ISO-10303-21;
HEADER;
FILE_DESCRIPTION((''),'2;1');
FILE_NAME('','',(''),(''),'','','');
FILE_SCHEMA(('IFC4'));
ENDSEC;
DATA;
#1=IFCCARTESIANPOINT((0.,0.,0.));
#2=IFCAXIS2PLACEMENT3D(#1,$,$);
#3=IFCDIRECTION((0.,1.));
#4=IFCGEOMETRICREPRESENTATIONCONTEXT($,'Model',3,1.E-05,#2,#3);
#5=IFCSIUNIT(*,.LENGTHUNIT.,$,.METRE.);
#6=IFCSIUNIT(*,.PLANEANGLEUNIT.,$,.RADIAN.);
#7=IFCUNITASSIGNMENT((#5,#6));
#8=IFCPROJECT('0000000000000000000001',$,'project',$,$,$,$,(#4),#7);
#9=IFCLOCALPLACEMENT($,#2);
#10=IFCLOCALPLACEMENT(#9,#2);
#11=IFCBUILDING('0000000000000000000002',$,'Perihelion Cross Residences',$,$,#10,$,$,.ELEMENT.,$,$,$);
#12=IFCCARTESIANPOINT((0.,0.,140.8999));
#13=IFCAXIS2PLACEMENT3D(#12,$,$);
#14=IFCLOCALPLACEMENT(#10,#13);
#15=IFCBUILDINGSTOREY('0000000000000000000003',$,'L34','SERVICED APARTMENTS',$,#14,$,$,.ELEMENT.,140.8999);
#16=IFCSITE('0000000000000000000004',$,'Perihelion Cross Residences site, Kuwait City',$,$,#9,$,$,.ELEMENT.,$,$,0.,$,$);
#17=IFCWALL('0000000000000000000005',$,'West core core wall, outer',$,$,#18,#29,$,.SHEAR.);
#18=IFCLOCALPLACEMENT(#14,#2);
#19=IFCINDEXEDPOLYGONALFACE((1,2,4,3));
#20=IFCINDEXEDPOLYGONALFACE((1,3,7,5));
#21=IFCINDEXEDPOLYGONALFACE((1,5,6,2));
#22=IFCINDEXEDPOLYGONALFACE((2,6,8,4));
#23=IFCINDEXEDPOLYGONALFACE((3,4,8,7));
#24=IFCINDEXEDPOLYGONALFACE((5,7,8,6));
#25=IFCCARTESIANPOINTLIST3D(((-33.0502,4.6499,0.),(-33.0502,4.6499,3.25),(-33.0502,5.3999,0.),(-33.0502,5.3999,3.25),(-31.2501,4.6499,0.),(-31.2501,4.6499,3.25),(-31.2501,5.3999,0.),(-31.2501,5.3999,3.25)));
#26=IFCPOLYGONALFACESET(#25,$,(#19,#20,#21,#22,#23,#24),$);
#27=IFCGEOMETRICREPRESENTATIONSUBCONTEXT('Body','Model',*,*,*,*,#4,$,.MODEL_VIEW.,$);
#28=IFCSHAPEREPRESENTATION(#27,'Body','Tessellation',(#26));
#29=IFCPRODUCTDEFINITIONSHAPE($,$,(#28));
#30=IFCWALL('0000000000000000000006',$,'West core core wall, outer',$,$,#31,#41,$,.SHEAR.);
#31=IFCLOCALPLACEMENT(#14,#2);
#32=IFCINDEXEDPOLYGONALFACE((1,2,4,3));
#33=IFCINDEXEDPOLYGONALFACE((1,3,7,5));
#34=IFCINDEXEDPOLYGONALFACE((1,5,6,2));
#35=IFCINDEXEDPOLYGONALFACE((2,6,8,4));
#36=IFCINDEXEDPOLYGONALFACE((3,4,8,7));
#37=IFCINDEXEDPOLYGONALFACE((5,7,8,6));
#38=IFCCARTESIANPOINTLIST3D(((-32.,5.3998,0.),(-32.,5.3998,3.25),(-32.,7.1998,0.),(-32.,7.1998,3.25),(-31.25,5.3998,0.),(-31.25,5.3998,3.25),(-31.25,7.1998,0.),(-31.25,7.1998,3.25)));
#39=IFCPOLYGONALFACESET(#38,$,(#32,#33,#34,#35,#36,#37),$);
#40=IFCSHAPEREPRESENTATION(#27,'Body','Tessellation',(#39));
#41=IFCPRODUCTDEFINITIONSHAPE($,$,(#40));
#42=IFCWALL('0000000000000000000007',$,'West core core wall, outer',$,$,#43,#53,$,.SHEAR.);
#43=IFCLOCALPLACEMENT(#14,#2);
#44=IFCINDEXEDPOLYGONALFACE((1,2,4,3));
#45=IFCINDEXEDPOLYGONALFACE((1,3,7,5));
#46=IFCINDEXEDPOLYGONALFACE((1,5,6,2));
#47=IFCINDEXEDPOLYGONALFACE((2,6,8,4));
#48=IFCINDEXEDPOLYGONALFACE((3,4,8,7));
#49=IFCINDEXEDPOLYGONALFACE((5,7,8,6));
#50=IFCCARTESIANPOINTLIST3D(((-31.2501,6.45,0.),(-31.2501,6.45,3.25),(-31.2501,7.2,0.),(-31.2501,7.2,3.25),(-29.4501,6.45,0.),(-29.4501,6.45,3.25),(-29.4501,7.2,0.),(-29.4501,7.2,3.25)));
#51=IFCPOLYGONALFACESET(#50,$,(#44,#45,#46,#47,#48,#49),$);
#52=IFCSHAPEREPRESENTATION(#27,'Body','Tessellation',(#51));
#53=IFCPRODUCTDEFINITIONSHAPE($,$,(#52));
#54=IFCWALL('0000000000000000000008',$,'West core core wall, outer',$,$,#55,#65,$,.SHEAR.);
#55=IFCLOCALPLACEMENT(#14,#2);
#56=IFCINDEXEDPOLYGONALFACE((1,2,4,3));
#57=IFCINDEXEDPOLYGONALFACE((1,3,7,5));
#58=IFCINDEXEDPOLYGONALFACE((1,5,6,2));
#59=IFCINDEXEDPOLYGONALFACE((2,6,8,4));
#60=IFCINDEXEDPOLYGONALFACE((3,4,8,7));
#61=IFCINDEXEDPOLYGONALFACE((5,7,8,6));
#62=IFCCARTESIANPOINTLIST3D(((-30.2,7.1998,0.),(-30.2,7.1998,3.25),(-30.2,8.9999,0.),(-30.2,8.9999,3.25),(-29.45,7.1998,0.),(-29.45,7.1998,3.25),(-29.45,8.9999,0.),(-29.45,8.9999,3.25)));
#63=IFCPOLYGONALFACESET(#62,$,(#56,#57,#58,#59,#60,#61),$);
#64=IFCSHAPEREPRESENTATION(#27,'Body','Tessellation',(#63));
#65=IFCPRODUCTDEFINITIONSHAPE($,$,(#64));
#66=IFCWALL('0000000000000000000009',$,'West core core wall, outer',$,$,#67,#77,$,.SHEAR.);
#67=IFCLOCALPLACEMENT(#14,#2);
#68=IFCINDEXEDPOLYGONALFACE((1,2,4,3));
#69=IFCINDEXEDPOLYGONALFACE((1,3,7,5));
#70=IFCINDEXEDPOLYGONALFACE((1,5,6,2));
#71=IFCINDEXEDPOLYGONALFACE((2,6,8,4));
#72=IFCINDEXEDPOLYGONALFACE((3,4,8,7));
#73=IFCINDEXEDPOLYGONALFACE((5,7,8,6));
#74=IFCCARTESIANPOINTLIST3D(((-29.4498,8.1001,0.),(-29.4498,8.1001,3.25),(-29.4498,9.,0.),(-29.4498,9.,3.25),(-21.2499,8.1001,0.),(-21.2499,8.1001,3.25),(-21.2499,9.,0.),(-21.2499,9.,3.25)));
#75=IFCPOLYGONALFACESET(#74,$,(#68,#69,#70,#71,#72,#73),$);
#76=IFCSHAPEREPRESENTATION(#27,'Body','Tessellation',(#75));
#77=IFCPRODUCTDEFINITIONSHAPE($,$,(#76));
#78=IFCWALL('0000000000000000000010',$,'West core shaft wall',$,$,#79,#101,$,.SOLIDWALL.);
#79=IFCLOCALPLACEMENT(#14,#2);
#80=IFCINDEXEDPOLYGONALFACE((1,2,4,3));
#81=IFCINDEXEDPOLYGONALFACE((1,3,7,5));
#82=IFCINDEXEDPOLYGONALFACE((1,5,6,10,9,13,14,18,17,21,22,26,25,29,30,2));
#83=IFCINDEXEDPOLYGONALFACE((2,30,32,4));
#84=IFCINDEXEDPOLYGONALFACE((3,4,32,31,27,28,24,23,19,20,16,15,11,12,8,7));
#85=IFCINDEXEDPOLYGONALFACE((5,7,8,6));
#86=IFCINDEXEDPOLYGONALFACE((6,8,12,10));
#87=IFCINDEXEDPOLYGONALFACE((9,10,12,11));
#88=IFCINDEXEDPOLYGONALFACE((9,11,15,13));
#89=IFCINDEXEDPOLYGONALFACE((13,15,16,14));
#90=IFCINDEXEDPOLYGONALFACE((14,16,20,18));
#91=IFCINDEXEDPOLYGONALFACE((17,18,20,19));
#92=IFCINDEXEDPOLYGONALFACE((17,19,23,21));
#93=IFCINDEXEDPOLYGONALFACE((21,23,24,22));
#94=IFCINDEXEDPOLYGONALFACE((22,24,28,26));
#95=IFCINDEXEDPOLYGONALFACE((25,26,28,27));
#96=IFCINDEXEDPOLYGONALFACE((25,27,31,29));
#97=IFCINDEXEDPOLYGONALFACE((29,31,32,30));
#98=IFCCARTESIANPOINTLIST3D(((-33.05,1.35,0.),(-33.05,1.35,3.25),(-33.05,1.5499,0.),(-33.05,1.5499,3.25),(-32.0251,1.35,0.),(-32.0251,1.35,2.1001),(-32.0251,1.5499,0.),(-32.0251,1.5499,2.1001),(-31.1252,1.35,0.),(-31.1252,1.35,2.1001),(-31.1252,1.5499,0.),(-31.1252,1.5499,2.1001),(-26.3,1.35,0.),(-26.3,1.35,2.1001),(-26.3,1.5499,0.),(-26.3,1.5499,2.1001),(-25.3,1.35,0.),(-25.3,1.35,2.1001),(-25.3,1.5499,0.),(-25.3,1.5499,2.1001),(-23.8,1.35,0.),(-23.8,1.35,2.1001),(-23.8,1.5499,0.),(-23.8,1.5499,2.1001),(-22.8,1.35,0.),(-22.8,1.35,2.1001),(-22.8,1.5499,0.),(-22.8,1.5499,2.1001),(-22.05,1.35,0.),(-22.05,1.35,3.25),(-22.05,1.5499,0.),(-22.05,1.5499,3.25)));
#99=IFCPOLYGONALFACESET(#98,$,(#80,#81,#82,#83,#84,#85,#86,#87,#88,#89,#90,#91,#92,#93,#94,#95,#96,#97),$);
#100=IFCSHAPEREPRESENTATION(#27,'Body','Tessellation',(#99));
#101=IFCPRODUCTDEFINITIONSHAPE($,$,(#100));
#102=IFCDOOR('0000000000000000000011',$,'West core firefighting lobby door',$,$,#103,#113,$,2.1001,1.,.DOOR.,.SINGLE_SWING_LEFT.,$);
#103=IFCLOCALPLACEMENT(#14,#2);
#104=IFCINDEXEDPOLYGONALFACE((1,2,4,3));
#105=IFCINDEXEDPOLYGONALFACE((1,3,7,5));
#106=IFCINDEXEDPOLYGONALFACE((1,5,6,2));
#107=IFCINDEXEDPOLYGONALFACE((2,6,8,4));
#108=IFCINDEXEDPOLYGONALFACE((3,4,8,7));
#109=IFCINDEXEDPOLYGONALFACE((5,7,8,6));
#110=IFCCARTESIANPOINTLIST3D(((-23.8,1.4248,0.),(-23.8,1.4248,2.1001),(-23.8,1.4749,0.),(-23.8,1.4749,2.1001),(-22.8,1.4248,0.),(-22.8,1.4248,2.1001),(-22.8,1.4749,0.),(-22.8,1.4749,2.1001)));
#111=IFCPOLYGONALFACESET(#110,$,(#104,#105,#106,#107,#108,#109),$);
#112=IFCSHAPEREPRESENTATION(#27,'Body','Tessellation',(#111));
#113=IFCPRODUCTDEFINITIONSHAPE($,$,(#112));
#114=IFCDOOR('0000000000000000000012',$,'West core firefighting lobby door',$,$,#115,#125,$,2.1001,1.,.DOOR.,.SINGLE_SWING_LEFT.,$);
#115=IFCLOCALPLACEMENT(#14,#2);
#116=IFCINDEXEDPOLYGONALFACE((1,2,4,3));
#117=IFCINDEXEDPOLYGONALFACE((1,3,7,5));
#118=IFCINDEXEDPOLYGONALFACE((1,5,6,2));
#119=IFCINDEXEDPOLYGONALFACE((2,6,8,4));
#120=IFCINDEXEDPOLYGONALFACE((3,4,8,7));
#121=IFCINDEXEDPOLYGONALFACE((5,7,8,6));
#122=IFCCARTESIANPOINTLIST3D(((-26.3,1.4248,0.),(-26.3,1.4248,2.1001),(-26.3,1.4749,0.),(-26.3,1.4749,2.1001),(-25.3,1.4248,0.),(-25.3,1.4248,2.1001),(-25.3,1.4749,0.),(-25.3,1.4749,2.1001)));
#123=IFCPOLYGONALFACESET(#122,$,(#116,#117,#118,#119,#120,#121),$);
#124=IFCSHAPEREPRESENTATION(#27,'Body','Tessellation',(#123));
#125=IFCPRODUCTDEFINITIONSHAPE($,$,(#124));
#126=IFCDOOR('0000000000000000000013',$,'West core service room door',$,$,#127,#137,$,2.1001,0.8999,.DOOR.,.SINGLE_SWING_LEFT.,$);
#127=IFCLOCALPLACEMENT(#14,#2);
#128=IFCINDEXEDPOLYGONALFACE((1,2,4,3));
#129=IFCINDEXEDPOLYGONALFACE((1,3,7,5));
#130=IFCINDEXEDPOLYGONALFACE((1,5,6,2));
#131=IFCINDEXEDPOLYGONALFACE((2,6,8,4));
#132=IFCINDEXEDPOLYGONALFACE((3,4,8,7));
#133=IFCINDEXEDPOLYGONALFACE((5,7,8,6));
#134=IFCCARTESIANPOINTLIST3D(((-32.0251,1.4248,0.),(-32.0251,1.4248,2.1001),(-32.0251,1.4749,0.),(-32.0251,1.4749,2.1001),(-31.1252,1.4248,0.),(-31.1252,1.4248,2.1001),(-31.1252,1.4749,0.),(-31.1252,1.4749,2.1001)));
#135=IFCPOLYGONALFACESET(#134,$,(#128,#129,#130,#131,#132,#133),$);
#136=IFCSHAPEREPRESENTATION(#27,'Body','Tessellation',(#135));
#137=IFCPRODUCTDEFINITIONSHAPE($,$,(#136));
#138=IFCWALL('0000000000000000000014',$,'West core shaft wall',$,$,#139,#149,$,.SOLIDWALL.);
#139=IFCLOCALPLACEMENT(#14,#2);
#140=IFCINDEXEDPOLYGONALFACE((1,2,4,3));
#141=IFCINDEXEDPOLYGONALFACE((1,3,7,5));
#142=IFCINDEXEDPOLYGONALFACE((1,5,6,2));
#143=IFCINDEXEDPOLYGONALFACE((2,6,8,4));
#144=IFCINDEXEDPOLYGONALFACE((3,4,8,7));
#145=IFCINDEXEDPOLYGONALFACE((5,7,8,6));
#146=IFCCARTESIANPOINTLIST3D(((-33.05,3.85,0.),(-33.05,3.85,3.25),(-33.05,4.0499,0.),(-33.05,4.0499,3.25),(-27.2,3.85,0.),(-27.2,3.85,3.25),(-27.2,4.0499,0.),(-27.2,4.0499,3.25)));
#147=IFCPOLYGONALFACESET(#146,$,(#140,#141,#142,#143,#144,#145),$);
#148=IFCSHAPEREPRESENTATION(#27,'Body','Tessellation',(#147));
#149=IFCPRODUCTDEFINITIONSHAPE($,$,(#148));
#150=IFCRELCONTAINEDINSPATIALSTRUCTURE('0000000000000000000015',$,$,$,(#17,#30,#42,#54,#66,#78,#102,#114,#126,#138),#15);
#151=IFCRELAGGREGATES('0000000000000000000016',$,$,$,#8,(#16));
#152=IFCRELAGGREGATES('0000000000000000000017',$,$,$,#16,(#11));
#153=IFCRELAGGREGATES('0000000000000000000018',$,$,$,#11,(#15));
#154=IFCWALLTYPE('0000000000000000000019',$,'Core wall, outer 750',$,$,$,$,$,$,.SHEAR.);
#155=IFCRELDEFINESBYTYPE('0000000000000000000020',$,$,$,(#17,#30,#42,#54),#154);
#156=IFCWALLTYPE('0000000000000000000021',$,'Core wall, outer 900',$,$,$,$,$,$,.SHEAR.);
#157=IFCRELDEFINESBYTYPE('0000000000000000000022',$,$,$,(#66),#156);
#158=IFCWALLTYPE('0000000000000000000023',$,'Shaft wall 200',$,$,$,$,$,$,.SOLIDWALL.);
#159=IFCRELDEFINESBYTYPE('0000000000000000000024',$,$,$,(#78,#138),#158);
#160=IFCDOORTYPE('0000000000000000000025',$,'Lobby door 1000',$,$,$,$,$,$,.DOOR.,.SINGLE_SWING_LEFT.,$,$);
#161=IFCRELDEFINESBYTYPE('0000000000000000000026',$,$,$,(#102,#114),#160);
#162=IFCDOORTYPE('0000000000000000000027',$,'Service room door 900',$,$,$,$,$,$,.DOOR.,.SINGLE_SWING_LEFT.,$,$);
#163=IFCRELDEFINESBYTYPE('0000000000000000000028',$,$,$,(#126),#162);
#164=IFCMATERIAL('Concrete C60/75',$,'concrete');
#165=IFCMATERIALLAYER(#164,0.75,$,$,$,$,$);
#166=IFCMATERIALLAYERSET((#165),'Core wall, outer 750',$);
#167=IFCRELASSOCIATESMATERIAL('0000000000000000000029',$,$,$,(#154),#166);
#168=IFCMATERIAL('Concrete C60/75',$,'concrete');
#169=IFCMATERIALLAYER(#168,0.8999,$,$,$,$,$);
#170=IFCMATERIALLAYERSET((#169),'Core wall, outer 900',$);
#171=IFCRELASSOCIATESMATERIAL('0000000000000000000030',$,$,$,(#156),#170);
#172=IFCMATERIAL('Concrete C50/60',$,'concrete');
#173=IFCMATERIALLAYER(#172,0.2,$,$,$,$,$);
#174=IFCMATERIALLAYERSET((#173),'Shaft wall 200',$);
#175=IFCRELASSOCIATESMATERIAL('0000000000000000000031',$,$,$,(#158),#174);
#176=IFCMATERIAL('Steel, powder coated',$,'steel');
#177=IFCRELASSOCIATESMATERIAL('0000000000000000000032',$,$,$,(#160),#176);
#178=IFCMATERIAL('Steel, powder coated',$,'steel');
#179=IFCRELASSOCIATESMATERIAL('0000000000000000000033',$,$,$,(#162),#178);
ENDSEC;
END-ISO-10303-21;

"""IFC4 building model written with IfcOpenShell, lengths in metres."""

from ifc_helpers import new_model, si_unit, direction, frame, frame_2d, origin, place, context, subcontext, project, spatial, rectangle, extrude, material, layer, layer_set, type_object, element, fill, save


model = new_model("IFC4")

# Units and contexts
model_context = context("Model", 3, precision=1e-05, world=origin(), true_north=direction((0.0, 1.0)))
body_context = subcontext(model_context, "Body", "Model", "MODEL_VIEW")
ifc_project = project(units=[si_unit("LENGTHUNIT", "METRE"), si_unit("PLANEANGLEUNIT", "RADIAN")], contexts=[model_context])

# Site, building, storey
site_placement = place(None, origin())
site = spatial("IfcSite", under=ifc_project, at=site_placement, Name="Perihelion Cross Residences site, Kuwait City", CompositionType="ELEMENT", RefElevation=0.0)
building_placement = place(site_placement, origin())
building = spatial("IfcBuilding", under=site, at=building_placement, Name="Perihelion Cross Residences", CompositionType="ELEMENT")
storey_placement = place(building_placement, frame((0.0, 0.0, 140.8999)))
storey = spatial("IfcBuildingStorey", under=building, at=storey_placement, Name="L34", Description="SERVICED APARTMENTS", CompositionType="ELEMENT", Elevation=140.8999)

# Walls
ifc_material_1 = material(Name="Concrete C60/75", Category="concrete")
ifc_layer_1 = layer(ifc_material_1, 0.75)
ifc_layer_set_1 = layer_set([ifc_layer_1], Name="Core wall, outer 750")
wall_type_1 = type_object("IfcWallType", Name="Core wall, outer 750", PredefinedType="SHEAR", material=ifc_layer_set_1)
for number, where, z_axis, x_axis, name in (
    (1, (-33.05, 5.0249, 0.0), (0.0, 0.0, 1.0), (1.0, 0.0, 0.0), "West core core wall, outer"),
    (2, (-31.625, 5.3999, 0.0), (0.0, 0.0, 1.0), (0.0, 1.0, 0.0), "West core core wall, outer"),
    (3, (-31.25, 6.825, 0.0), (0.0, 0.0, 1.0), (1.0, 0.0, 0.0), "West core core wall, outer"),
    (4, (-29.825, 7.2, 0.0), (0.0, 0.0, 1.0), (0.0, 1.0, 0.0), "West core core wall, outer"),
):
    element("IfcWall", number, at=place(storey_placement, frame(where, z_axis=z_axis, x_axis=x_axis)), inside=storey, type_object=wall_type_1, Name=name, PredefinedType="SHEAR", context=body_context, shape_type="SweptSolid", body=[
        extrude(rectangle(XDim=1.8, YDim=0.75, at=frame_2d((0.8999, 0.0))), origin(), (0.0, 0.0, 1.0), 3.25),
    ])
ifc_material_2 = material(Name="Concrete C60/75", Category="concrete")
ifc_layer_2 = layer(ifc_material_2, 0.8999)
ifc_layer_set_2 = layer_set([ifc_layer_2], Name="Core wall, outer 900")
wall_type_2 = type_object("IfcWallType", Name="Core wall, outer 900", PredefinedType="SHEAR", material=ifc_layer_set_2)
wall_1_placement = place(storey_placement, frame((-29.45, 8.55, 0.0), z_axis=(0.0, 0.0, 1.0), x_axis=(1.0, 0.0, 0.0)))
element("IfcWall", 5, at=wall_1_placement, inside=storey, type_object=wall_type_2, Name="West core core wall, outer", PredefinedType="SHEAR", context=body_context, shape_type="SweptSolid", body=[
    extrude(rectangle(XDim=8.2, YDim=0.8999, at=frame_2d((4.1001, 0.0))), origin(), (0.0, 0.0, 1.0), 3.25),
])

# Wall, openings, doors
ifc_material_3 = material(Name="Concrete C50/60", Category="concrete")
ifc_layer_3 = layer(ifc_material_3, 0.2)
ifc_layer_set_3 = layer_set([ifc_layer_3], Name="Shaft wall 200")
wall_type_3 = type_object("IfcWallType", Name="Shaft wall 200", PredefinedType="SOLIDWALL", material=ifc_layer_set_3)
wall_2_placement = place(storey_placement, frame((-33.05, 1.45, 0.0), z_axis=(0.0, 0.0, 1.0), x_axis=(1.0, 0.0, 0.0)))
wall_2 = element("IfcWall", 6, at=wall_2_placement, inside=storey, type_object=wall_type_3, Name="West core shaft wall", PredefinedType="SOLIDWALL", context=body_context, shape_type="SweptSolid", body=[
    extrude(rectangle(XDim=11.0, YDim=0.2, at=frame_2d((5.5, 0.0))), origin(), (0.0, 0.0, 1.0), 3.25),
])
opening_1_placement = place(wall_2_placement, frame((9.25, 0.0, 0.0)))
opening_1 = element("IfcOpeningElement", 7, at=opening_1_placement, cuts=wall_2, PredefinedType="OPENING", context=body_context, shape_type="SweptSolid", body=[
    extrude(rectangle(XDim=1.0, YDim=2.1001, at=frame_2d((0.5, 1.05))), frame((0.0, 0.1099, 0.0), z_axis=(0.0, -1.0, 0.0), x_axis=(1.0, 0.0, 0.0)), (0.0, 0.0, 1.0), 0.22),
])
opening_2_placement = place(wall_2_placement, frame((6.75, 0.0, 0.0)))
opening_2 = element("IfcOpeningElement", 8, at=opening_2_placement, cuts=wall_2, PredefinedType="OPENING", context=body_context, shape_type="SweptSolid", body=[
    extrude(rectangle(XDim=1.0, YDim=2.1001, at=frame_2d((0.5, 1.05))), frame((0.0, 0.1099, 0.0), z_axis=(0.0, -1.0, 0.0), x_axis=(1.0, 0.0, 0.0)), (0.0, 0.0, 1.0), 0.22),
])
opening_3_placement = place(wall_2_placement, frame((1.0249, 0.0, 0.0)))
opening_3 = element("IfcOpeningElement", 9, at=opening_3_placement, cuts=wall_2, PredefinedType="OPENING", context=body_context, shape_type="SweptSolid", body=[
    extrude(rectangle(XDim=0.8999, YDim=2.1001, at=frame_2d((0.45, 1.05))), frame((0.0, 0.1099, 0.0), z_axis=(0.0, -1.0, 0.0), x_axis=(1.0, 0.0, 0.0)), (0.0, 0.0, 1.0), 0.22),
])
ifc_material_4 = material(Name="Steel, powder coated", Category="steel")
door_type_1 = type_object("IfcDoorType", Name="Lobby door 1000", OperationType="SINGLE_SWING_LEFT", PredefinedType="DOOR", material=ifc_material_4)
door_1_placement = place(opening_1_placement, origin())
door_1 = element("IfcDoor", 10, at=door_1_placement, inside=storey, type_object=door_type_1, Name="West core firefighting lobby door", OperationType="SINGLE_SWING_LEFT", OverallHeight=2.1001, OverallWidth=1.0, PredefinedType="DOOR", context=body_context, shape_type="SweptSolid", body=[
    extrude(rectangle(XDim=1.0, YDim=2.1001, at=frame_2d((0.5, 1.05))), frame((0.0, 0.0249, 0.0), z_axis=(0.0, -1.0, 0.0), x_axis=(1.0, 0.0, 0.0)), (0.0, 0.0, 1.0), 0.05),
])
fill(opening_1, door_1)
door_2_placement = place(opening_2_placement, origin())
door_2 = element("IfcDoor", 11, at=door_2_placement, inside=storey, type_object=door_type_1, Name="West core firefighting lobby door", OperationType="SINGLE_SWING_LEFT", OverallHeight=2.1001, OverallWidth=1.0, PredefinedType="DOOR", context=body_context, shape_type="SweptSolid", body=[
    extrude(rectangle(XDim=1.0, YDim=2.1001, at=frame_2d((0.5, 1.05))), frame((0.0, 0.0249, 0.0), z_axis=(0.0, -1.0, 0.0), x_axis=(1.0, 0.0, 0.0)), (0.0, 0.0, 1.0), 0.05),
])
fill(opening_2, door_2)
ifc_material_5 = material(Name="Steel, powder coated", Category="steel")
door_type_2 = type_object("IfcDoorType", Name="Service room door 900", OperationType="SINGLE_SWING_LEFT", PredefinedType="DOOR", material=ifc_material_5)
door_3_placement = place(opening_3_placement, origin())
door_3 = element("IfcDoor", 12, at=door_3_placement, inside=storey, type_object=door_type_2, Name="West core service room door", OperationType="SINGLE_SWING_LEFT", OverallHeight=2.1001, OverallWidth=0.8999, PredefinedType="DOOR", context=body_context, shape_type="SweptSolid", body=[
    extrude(rectangle(XDim=0.8999, YDim=2.1001, at=frame_2d((0.45, 1.05))), frame((0.0, 0.0249, 0.0), z_axis=(0.0, -1.0, 0.0), x_axis=(1.0, 0.0, 0.0)), (0.0, 0.0, 1.0), 0.05),
])
fill(opening_3, door_3)

# Wall
wall_3_placement = place(storey_placement, frame((-33.05, 3.95, 0.0), z_axis=(0.0, 0.0, 1.0), x_axis=(1.0, 0.0, 0.0)))
element("IfcWall", 13, at=wall_3_placement, inside=storey, type_object=wall_type_3, Name="West core shaft wall", PredefinedType="SOLIDWALL", context=body_context, shape_type="SweptSolid", body=[
    extrude(rectangle(XDim=5.8501, YDim=0.2, at=frame_2d((2.925, 0.0))), origin(), (0.0, 0.0, 1.0), 3.25),
])

save(model, "model.ifc")
